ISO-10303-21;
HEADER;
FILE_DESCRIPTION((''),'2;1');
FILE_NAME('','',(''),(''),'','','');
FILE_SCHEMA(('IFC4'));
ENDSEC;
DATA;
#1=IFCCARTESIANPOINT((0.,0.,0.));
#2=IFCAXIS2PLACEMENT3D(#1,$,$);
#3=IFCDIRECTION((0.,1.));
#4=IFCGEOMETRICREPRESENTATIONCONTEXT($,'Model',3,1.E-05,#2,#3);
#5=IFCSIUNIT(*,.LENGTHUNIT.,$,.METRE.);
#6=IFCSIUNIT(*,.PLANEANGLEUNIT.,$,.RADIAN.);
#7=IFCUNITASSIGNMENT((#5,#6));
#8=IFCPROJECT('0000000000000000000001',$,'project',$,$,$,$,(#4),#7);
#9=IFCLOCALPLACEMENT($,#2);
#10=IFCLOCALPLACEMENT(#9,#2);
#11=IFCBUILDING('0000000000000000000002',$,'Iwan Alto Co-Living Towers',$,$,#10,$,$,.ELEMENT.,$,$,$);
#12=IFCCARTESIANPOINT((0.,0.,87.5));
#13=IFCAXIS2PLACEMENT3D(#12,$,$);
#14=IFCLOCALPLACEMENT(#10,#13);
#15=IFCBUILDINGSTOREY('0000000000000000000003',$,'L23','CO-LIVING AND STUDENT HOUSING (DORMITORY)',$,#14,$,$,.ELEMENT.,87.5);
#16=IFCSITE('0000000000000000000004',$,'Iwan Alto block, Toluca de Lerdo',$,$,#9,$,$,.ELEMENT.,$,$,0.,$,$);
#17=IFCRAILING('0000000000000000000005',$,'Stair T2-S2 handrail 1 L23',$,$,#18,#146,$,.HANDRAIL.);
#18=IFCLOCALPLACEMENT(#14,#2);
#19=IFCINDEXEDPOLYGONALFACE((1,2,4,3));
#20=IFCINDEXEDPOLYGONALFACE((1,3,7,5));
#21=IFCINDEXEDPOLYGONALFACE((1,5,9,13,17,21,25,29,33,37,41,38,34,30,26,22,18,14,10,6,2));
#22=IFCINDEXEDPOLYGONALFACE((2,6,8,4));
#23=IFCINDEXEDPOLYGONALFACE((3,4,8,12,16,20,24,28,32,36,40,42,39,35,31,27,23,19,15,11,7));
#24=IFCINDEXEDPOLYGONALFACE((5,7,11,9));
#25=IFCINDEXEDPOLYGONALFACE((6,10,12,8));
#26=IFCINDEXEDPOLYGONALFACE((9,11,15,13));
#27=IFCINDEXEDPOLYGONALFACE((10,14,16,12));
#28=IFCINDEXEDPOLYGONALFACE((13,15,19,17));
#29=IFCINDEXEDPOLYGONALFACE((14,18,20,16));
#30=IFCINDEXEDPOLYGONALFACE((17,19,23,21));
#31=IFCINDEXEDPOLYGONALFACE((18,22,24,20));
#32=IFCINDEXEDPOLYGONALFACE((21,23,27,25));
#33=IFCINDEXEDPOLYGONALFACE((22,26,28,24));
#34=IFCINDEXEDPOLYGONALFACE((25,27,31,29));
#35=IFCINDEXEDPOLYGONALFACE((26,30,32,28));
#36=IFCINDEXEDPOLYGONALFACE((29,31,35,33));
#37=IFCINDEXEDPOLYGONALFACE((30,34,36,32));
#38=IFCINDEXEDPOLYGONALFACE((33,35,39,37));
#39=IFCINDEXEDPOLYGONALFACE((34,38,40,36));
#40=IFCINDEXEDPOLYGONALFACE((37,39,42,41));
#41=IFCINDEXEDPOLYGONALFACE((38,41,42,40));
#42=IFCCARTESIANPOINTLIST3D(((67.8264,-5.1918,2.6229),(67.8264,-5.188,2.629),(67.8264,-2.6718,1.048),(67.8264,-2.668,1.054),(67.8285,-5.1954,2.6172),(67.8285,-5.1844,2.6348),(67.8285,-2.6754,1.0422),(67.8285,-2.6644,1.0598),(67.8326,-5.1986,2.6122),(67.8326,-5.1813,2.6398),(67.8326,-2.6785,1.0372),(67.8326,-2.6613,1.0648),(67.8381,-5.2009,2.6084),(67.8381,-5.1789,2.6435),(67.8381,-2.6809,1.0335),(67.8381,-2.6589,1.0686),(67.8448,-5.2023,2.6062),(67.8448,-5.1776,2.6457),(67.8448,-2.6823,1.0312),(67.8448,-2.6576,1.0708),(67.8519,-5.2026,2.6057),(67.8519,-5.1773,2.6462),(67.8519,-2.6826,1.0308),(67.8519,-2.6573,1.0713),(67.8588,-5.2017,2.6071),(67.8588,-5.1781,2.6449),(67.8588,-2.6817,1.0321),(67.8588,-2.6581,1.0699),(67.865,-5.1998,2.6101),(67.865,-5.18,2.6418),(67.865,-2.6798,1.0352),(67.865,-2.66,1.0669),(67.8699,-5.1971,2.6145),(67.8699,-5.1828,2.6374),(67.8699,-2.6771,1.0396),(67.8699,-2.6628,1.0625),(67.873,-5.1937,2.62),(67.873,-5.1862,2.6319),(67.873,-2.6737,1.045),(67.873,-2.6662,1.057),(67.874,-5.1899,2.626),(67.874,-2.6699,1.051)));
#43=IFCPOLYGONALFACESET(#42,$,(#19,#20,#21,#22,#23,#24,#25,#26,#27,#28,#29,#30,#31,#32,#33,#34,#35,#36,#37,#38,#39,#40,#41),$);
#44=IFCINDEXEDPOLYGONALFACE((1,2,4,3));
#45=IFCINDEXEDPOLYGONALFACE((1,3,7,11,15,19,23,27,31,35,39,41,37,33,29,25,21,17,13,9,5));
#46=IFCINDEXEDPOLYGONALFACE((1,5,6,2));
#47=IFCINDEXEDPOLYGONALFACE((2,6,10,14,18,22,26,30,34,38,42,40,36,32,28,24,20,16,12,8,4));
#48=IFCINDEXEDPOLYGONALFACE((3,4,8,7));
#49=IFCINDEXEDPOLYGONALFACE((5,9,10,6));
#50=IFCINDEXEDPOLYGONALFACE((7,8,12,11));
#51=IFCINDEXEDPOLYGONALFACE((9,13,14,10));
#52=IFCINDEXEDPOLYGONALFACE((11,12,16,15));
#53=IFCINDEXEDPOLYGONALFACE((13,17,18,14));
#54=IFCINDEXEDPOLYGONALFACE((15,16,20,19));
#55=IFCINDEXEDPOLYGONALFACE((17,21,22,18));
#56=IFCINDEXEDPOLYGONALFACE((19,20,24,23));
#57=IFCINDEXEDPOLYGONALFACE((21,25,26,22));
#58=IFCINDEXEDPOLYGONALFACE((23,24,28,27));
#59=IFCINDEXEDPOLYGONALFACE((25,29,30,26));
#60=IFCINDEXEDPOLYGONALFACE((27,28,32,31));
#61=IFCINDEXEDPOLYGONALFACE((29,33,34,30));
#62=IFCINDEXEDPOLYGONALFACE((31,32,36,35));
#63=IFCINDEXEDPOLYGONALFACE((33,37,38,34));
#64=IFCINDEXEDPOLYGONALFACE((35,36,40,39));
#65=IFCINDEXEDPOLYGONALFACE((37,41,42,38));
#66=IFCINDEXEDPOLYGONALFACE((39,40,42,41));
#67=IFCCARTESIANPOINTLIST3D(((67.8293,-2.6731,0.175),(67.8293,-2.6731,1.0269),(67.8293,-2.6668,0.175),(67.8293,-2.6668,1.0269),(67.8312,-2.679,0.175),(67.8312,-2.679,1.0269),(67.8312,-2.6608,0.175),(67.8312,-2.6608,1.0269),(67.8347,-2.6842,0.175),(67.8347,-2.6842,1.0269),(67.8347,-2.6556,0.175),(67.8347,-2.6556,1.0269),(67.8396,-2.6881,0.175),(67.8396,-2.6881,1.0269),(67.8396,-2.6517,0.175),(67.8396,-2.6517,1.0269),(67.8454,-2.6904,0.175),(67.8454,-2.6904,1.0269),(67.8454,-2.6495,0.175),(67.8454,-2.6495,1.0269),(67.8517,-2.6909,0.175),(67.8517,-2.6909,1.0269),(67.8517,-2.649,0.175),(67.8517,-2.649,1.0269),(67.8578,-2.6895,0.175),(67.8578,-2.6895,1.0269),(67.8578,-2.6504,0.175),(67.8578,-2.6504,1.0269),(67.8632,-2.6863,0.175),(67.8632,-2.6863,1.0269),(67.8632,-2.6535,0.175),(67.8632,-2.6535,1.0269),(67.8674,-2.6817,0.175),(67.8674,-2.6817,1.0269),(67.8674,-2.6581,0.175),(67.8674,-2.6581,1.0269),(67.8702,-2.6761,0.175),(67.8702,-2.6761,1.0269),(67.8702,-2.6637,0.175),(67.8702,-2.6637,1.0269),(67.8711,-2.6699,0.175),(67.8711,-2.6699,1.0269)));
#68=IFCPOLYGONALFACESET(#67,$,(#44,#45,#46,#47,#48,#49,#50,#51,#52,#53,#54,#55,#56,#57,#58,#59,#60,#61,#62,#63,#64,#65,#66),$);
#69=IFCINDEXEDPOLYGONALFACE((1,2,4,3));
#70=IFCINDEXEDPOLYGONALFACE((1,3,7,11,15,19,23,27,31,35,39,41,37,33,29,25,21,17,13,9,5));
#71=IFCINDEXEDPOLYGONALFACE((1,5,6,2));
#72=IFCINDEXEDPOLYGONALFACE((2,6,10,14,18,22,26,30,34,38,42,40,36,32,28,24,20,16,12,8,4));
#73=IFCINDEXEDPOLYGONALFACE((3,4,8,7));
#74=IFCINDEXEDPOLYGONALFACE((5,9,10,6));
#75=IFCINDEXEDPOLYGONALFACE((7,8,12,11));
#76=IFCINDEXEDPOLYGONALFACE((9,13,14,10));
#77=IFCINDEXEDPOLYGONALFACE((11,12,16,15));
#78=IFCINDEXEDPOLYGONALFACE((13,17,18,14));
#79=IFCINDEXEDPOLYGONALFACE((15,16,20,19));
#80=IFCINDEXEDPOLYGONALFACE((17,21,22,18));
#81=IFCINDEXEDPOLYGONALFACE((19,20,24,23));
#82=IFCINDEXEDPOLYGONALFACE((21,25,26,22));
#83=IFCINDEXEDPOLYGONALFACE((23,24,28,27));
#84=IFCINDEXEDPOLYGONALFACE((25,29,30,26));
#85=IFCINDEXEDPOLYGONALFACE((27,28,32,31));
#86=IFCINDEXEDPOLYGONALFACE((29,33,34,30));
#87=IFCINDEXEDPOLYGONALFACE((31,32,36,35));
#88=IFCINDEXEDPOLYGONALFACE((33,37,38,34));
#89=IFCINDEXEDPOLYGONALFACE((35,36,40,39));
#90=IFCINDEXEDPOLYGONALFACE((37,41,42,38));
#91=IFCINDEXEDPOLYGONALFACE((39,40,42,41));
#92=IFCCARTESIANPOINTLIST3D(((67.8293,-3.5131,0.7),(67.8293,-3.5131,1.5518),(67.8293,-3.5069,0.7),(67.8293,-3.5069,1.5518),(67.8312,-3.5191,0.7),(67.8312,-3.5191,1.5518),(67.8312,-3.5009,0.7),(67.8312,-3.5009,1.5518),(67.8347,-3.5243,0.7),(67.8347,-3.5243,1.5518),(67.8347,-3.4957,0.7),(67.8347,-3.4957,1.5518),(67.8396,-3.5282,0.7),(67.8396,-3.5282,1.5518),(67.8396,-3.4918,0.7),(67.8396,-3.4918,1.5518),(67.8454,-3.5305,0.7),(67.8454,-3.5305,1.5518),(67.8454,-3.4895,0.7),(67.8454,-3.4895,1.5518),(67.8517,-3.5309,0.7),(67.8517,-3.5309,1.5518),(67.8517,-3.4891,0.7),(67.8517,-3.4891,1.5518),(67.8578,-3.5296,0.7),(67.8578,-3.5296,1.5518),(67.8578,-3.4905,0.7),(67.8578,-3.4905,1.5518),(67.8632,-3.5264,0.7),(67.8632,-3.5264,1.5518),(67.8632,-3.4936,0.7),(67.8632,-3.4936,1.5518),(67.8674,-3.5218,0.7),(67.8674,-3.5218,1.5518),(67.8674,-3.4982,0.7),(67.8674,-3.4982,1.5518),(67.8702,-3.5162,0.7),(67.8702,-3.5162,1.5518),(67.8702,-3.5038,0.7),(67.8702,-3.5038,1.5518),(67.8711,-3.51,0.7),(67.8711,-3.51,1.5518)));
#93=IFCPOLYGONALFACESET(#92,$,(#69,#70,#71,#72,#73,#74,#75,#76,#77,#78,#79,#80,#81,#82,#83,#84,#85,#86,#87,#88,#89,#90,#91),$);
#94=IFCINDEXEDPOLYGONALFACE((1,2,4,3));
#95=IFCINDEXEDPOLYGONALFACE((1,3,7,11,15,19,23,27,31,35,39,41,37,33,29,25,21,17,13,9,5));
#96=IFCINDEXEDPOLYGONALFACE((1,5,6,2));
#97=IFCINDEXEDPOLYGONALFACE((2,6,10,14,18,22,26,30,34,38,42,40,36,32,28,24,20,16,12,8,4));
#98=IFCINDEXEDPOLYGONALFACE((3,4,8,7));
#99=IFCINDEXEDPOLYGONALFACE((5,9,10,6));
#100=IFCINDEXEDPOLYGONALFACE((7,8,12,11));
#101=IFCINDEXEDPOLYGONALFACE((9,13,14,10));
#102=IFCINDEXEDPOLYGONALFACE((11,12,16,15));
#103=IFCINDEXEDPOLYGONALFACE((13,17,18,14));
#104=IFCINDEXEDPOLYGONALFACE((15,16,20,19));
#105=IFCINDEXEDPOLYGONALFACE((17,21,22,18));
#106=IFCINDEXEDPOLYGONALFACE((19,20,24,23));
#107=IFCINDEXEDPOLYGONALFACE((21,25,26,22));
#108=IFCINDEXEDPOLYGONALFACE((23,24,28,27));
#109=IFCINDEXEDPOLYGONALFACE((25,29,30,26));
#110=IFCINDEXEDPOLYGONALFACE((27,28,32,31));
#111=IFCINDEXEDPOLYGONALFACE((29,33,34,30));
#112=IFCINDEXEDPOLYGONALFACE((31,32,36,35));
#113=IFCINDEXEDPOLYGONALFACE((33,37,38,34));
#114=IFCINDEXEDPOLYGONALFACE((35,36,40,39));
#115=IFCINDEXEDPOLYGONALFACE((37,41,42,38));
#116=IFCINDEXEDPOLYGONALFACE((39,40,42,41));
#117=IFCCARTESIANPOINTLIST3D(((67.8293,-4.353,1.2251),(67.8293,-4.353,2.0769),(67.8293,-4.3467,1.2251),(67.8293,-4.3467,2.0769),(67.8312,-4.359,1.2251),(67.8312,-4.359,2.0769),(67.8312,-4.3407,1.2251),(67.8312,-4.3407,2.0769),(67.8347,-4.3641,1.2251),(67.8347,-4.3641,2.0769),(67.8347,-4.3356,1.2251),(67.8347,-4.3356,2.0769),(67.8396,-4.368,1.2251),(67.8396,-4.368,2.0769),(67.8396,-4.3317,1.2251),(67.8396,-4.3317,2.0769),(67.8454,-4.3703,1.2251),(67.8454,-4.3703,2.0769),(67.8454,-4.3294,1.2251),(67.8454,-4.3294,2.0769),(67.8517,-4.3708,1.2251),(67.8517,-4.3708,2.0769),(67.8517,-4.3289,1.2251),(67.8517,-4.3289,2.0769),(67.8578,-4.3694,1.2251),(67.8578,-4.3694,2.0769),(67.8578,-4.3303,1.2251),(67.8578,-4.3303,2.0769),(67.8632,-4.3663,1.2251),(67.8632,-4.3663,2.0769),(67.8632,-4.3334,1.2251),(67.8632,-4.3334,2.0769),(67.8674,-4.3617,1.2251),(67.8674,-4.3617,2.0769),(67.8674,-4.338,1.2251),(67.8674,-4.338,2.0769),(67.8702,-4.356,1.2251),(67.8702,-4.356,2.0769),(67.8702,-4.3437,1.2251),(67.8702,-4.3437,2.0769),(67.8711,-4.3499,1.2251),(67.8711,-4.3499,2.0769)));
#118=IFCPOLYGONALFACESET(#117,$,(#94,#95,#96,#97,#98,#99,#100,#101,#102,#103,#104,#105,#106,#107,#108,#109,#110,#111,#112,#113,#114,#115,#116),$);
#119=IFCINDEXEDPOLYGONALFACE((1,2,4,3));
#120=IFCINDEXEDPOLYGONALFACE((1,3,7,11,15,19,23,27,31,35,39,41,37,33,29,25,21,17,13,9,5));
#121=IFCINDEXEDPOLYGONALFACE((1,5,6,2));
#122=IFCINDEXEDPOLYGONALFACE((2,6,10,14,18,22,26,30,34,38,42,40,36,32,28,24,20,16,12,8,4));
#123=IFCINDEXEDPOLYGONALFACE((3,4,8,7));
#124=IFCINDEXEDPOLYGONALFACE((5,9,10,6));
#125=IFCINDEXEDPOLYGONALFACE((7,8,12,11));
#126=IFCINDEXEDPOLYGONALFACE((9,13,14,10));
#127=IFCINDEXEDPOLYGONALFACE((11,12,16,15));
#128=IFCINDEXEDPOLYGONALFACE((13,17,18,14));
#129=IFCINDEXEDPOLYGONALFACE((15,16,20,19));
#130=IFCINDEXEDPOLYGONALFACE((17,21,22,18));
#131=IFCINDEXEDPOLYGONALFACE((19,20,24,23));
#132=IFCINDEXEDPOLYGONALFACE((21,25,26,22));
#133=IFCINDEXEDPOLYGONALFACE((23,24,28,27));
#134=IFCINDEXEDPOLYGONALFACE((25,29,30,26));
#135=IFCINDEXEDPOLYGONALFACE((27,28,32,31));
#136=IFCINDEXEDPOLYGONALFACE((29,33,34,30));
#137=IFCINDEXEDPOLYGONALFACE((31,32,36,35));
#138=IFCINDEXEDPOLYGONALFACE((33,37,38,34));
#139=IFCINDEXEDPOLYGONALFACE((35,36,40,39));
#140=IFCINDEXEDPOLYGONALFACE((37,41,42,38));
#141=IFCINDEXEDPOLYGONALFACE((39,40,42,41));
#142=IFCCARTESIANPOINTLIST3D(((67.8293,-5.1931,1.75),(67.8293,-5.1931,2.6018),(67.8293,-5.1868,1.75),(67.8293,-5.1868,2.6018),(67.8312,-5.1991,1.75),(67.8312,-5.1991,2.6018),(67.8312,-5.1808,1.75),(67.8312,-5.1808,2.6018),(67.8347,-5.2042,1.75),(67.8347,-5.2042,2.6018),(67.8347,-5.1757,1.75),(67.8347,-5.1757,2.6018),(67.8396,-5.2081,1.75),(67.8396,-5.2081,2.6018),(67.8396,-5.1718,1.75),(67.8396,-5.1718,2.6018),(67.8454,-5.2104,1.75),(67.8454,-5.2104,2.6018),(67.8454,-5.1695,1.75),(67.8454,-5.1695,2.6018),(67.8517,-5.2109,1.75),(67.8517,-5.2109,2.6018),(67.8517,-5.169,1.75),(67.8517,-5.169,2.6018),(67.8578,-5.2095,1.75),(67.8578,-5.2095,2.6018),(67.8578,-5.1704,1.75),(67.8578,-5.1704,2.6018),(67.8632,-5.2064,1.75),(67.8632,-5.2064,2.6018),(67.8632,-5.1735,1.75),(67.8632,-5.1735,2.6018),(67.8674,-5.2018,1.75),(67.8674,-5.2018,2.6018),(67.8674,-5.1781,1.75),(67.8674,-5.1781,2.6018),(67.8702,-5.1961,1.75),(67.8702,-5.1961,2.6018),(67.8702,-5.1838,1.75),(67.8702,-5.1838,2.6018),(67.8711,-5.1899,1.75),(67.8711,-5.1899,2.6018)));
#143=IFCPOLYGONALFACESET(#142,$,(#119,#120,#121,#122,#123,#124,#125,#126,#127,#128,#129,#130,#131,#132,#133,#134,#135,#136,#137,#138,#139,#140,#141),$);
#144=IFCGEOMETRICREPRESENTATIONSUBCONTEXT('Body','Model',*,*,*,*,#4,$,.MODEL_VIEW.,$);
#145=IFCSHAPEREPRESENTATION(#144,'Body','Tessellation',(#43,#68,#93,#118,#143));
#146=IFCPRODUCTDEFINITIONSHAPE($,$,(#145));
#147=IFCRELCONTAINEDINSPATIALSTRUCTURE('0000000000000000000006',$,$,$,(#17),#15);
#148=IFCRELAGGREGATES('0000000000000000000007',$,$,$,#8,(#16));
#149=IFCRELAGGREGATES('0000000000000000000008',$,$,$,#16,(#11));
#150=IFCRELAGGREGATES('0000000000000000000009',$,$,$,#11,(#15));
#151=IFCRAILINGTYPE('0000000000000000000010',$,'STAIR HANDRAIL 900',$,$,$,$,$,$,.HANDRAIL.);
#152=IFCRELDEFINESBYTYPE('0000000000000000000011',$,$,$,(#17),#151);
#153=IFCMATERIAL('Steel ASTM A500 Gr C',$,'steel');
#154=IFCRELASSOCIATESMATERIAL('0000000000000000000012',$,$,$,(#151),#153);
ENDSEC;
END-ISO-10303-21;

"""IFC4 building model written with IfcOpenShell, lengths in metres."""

from ifc_helpers import new_model, si_unit, direction, frame, origin, origin_2d, place, context, subcontext, project, spatial, circle, extrude, material, type_object, element, save


model = new_model("IFC4")

# Units and contexts
model_context = context("Model", 3, precision=1e-05, world=origin(), true_north=direction((0.0, 1.0)))
body_context = subcontext(model_context, "Body", "Model", "MODEL_VIEW")
ifc_project = project(units=[si_unit("LENGTHUNIT", "METRE"), si_unit("PLANEANGLEUNIT", "RADIAN")], contexts=[model_context])

# Site, building, storey
site_placement = place(None, origin())
site = spatial("IfcSite", under=ifc_project, at=site_placement, Name="Iwan Alto block, Toluca de Lerdo", CompositionType="ELEMENT", RefElevation=0.0)
building_placement = place(site_placement, origin())
building = spatial("IfcBuilding", under=site, at=building_placement, Name="Iwan Alto Co-Living Towers", CompositionType="ELEMENT")
storey_placement = place(building_placement, frame((0.0, 0.0, 87.5)))
storey = spatial("IfcBuildingStorey", under=building, at=storey_placement, Name="L23", Description="CO-LIVING AND STUDENT HOUSING (DORMITORY)", CompositionType="ELEMENT", Elevation=87.5)

# Railing
ifc_material_1 = material(Name="Steel ASTM A500 Gr C", Category="steel")
railing_type_1 = type_object("IfcRailingType", Name="STAIR HANDRAIL 900", PredefinedType="HANDRAIL", material=ifc_material_1)
railing_1_placement = place(storey_placement, frame((67.8501, -2.6699, 0.175)))
element("IfcRailing", 1, at=railing_1_placement, inside=storey, type_object=railing_type_1, Name="Stair T2-S2 handrail 1 L23", PredefinedType="HANDRAIL", context=body_context, shape_type="SweptSolid", body=[
    extrude(circle(Radius=0.0239, at=origin_2d()), frame((0.0, 0.0, 0.876), z_axis=(0.0, -0.848008, 0.529984), x_axis=(1.0, 0.0, 0.0)), (0.0, 0.0, 1.0), 2.9717),
    extrude(circle(Radius=0.021, at=origin_2d()), origin(), (0.0, 0.0, 1.0), 0.8518),
    extrude(circle(Radius=0.021, at=origin_2d()), frame((0.0, -0.8401, 0.5249)), (0.0, 0.0, 1.0), 0.8518),
    extrude(circle(Radius=0.021, at=origin_2d()), frame((0.0, -1.6799, 1.05)), (0.0, 0.0, 1.0), 0.8518),
    extrude(circle(Radius=0.021, at=origin_2d()), frame((0.0, -2.52, 1.575)), (0.0, 0.0, 1.0), 0.8518),
])

save(model, "model.ifc")
